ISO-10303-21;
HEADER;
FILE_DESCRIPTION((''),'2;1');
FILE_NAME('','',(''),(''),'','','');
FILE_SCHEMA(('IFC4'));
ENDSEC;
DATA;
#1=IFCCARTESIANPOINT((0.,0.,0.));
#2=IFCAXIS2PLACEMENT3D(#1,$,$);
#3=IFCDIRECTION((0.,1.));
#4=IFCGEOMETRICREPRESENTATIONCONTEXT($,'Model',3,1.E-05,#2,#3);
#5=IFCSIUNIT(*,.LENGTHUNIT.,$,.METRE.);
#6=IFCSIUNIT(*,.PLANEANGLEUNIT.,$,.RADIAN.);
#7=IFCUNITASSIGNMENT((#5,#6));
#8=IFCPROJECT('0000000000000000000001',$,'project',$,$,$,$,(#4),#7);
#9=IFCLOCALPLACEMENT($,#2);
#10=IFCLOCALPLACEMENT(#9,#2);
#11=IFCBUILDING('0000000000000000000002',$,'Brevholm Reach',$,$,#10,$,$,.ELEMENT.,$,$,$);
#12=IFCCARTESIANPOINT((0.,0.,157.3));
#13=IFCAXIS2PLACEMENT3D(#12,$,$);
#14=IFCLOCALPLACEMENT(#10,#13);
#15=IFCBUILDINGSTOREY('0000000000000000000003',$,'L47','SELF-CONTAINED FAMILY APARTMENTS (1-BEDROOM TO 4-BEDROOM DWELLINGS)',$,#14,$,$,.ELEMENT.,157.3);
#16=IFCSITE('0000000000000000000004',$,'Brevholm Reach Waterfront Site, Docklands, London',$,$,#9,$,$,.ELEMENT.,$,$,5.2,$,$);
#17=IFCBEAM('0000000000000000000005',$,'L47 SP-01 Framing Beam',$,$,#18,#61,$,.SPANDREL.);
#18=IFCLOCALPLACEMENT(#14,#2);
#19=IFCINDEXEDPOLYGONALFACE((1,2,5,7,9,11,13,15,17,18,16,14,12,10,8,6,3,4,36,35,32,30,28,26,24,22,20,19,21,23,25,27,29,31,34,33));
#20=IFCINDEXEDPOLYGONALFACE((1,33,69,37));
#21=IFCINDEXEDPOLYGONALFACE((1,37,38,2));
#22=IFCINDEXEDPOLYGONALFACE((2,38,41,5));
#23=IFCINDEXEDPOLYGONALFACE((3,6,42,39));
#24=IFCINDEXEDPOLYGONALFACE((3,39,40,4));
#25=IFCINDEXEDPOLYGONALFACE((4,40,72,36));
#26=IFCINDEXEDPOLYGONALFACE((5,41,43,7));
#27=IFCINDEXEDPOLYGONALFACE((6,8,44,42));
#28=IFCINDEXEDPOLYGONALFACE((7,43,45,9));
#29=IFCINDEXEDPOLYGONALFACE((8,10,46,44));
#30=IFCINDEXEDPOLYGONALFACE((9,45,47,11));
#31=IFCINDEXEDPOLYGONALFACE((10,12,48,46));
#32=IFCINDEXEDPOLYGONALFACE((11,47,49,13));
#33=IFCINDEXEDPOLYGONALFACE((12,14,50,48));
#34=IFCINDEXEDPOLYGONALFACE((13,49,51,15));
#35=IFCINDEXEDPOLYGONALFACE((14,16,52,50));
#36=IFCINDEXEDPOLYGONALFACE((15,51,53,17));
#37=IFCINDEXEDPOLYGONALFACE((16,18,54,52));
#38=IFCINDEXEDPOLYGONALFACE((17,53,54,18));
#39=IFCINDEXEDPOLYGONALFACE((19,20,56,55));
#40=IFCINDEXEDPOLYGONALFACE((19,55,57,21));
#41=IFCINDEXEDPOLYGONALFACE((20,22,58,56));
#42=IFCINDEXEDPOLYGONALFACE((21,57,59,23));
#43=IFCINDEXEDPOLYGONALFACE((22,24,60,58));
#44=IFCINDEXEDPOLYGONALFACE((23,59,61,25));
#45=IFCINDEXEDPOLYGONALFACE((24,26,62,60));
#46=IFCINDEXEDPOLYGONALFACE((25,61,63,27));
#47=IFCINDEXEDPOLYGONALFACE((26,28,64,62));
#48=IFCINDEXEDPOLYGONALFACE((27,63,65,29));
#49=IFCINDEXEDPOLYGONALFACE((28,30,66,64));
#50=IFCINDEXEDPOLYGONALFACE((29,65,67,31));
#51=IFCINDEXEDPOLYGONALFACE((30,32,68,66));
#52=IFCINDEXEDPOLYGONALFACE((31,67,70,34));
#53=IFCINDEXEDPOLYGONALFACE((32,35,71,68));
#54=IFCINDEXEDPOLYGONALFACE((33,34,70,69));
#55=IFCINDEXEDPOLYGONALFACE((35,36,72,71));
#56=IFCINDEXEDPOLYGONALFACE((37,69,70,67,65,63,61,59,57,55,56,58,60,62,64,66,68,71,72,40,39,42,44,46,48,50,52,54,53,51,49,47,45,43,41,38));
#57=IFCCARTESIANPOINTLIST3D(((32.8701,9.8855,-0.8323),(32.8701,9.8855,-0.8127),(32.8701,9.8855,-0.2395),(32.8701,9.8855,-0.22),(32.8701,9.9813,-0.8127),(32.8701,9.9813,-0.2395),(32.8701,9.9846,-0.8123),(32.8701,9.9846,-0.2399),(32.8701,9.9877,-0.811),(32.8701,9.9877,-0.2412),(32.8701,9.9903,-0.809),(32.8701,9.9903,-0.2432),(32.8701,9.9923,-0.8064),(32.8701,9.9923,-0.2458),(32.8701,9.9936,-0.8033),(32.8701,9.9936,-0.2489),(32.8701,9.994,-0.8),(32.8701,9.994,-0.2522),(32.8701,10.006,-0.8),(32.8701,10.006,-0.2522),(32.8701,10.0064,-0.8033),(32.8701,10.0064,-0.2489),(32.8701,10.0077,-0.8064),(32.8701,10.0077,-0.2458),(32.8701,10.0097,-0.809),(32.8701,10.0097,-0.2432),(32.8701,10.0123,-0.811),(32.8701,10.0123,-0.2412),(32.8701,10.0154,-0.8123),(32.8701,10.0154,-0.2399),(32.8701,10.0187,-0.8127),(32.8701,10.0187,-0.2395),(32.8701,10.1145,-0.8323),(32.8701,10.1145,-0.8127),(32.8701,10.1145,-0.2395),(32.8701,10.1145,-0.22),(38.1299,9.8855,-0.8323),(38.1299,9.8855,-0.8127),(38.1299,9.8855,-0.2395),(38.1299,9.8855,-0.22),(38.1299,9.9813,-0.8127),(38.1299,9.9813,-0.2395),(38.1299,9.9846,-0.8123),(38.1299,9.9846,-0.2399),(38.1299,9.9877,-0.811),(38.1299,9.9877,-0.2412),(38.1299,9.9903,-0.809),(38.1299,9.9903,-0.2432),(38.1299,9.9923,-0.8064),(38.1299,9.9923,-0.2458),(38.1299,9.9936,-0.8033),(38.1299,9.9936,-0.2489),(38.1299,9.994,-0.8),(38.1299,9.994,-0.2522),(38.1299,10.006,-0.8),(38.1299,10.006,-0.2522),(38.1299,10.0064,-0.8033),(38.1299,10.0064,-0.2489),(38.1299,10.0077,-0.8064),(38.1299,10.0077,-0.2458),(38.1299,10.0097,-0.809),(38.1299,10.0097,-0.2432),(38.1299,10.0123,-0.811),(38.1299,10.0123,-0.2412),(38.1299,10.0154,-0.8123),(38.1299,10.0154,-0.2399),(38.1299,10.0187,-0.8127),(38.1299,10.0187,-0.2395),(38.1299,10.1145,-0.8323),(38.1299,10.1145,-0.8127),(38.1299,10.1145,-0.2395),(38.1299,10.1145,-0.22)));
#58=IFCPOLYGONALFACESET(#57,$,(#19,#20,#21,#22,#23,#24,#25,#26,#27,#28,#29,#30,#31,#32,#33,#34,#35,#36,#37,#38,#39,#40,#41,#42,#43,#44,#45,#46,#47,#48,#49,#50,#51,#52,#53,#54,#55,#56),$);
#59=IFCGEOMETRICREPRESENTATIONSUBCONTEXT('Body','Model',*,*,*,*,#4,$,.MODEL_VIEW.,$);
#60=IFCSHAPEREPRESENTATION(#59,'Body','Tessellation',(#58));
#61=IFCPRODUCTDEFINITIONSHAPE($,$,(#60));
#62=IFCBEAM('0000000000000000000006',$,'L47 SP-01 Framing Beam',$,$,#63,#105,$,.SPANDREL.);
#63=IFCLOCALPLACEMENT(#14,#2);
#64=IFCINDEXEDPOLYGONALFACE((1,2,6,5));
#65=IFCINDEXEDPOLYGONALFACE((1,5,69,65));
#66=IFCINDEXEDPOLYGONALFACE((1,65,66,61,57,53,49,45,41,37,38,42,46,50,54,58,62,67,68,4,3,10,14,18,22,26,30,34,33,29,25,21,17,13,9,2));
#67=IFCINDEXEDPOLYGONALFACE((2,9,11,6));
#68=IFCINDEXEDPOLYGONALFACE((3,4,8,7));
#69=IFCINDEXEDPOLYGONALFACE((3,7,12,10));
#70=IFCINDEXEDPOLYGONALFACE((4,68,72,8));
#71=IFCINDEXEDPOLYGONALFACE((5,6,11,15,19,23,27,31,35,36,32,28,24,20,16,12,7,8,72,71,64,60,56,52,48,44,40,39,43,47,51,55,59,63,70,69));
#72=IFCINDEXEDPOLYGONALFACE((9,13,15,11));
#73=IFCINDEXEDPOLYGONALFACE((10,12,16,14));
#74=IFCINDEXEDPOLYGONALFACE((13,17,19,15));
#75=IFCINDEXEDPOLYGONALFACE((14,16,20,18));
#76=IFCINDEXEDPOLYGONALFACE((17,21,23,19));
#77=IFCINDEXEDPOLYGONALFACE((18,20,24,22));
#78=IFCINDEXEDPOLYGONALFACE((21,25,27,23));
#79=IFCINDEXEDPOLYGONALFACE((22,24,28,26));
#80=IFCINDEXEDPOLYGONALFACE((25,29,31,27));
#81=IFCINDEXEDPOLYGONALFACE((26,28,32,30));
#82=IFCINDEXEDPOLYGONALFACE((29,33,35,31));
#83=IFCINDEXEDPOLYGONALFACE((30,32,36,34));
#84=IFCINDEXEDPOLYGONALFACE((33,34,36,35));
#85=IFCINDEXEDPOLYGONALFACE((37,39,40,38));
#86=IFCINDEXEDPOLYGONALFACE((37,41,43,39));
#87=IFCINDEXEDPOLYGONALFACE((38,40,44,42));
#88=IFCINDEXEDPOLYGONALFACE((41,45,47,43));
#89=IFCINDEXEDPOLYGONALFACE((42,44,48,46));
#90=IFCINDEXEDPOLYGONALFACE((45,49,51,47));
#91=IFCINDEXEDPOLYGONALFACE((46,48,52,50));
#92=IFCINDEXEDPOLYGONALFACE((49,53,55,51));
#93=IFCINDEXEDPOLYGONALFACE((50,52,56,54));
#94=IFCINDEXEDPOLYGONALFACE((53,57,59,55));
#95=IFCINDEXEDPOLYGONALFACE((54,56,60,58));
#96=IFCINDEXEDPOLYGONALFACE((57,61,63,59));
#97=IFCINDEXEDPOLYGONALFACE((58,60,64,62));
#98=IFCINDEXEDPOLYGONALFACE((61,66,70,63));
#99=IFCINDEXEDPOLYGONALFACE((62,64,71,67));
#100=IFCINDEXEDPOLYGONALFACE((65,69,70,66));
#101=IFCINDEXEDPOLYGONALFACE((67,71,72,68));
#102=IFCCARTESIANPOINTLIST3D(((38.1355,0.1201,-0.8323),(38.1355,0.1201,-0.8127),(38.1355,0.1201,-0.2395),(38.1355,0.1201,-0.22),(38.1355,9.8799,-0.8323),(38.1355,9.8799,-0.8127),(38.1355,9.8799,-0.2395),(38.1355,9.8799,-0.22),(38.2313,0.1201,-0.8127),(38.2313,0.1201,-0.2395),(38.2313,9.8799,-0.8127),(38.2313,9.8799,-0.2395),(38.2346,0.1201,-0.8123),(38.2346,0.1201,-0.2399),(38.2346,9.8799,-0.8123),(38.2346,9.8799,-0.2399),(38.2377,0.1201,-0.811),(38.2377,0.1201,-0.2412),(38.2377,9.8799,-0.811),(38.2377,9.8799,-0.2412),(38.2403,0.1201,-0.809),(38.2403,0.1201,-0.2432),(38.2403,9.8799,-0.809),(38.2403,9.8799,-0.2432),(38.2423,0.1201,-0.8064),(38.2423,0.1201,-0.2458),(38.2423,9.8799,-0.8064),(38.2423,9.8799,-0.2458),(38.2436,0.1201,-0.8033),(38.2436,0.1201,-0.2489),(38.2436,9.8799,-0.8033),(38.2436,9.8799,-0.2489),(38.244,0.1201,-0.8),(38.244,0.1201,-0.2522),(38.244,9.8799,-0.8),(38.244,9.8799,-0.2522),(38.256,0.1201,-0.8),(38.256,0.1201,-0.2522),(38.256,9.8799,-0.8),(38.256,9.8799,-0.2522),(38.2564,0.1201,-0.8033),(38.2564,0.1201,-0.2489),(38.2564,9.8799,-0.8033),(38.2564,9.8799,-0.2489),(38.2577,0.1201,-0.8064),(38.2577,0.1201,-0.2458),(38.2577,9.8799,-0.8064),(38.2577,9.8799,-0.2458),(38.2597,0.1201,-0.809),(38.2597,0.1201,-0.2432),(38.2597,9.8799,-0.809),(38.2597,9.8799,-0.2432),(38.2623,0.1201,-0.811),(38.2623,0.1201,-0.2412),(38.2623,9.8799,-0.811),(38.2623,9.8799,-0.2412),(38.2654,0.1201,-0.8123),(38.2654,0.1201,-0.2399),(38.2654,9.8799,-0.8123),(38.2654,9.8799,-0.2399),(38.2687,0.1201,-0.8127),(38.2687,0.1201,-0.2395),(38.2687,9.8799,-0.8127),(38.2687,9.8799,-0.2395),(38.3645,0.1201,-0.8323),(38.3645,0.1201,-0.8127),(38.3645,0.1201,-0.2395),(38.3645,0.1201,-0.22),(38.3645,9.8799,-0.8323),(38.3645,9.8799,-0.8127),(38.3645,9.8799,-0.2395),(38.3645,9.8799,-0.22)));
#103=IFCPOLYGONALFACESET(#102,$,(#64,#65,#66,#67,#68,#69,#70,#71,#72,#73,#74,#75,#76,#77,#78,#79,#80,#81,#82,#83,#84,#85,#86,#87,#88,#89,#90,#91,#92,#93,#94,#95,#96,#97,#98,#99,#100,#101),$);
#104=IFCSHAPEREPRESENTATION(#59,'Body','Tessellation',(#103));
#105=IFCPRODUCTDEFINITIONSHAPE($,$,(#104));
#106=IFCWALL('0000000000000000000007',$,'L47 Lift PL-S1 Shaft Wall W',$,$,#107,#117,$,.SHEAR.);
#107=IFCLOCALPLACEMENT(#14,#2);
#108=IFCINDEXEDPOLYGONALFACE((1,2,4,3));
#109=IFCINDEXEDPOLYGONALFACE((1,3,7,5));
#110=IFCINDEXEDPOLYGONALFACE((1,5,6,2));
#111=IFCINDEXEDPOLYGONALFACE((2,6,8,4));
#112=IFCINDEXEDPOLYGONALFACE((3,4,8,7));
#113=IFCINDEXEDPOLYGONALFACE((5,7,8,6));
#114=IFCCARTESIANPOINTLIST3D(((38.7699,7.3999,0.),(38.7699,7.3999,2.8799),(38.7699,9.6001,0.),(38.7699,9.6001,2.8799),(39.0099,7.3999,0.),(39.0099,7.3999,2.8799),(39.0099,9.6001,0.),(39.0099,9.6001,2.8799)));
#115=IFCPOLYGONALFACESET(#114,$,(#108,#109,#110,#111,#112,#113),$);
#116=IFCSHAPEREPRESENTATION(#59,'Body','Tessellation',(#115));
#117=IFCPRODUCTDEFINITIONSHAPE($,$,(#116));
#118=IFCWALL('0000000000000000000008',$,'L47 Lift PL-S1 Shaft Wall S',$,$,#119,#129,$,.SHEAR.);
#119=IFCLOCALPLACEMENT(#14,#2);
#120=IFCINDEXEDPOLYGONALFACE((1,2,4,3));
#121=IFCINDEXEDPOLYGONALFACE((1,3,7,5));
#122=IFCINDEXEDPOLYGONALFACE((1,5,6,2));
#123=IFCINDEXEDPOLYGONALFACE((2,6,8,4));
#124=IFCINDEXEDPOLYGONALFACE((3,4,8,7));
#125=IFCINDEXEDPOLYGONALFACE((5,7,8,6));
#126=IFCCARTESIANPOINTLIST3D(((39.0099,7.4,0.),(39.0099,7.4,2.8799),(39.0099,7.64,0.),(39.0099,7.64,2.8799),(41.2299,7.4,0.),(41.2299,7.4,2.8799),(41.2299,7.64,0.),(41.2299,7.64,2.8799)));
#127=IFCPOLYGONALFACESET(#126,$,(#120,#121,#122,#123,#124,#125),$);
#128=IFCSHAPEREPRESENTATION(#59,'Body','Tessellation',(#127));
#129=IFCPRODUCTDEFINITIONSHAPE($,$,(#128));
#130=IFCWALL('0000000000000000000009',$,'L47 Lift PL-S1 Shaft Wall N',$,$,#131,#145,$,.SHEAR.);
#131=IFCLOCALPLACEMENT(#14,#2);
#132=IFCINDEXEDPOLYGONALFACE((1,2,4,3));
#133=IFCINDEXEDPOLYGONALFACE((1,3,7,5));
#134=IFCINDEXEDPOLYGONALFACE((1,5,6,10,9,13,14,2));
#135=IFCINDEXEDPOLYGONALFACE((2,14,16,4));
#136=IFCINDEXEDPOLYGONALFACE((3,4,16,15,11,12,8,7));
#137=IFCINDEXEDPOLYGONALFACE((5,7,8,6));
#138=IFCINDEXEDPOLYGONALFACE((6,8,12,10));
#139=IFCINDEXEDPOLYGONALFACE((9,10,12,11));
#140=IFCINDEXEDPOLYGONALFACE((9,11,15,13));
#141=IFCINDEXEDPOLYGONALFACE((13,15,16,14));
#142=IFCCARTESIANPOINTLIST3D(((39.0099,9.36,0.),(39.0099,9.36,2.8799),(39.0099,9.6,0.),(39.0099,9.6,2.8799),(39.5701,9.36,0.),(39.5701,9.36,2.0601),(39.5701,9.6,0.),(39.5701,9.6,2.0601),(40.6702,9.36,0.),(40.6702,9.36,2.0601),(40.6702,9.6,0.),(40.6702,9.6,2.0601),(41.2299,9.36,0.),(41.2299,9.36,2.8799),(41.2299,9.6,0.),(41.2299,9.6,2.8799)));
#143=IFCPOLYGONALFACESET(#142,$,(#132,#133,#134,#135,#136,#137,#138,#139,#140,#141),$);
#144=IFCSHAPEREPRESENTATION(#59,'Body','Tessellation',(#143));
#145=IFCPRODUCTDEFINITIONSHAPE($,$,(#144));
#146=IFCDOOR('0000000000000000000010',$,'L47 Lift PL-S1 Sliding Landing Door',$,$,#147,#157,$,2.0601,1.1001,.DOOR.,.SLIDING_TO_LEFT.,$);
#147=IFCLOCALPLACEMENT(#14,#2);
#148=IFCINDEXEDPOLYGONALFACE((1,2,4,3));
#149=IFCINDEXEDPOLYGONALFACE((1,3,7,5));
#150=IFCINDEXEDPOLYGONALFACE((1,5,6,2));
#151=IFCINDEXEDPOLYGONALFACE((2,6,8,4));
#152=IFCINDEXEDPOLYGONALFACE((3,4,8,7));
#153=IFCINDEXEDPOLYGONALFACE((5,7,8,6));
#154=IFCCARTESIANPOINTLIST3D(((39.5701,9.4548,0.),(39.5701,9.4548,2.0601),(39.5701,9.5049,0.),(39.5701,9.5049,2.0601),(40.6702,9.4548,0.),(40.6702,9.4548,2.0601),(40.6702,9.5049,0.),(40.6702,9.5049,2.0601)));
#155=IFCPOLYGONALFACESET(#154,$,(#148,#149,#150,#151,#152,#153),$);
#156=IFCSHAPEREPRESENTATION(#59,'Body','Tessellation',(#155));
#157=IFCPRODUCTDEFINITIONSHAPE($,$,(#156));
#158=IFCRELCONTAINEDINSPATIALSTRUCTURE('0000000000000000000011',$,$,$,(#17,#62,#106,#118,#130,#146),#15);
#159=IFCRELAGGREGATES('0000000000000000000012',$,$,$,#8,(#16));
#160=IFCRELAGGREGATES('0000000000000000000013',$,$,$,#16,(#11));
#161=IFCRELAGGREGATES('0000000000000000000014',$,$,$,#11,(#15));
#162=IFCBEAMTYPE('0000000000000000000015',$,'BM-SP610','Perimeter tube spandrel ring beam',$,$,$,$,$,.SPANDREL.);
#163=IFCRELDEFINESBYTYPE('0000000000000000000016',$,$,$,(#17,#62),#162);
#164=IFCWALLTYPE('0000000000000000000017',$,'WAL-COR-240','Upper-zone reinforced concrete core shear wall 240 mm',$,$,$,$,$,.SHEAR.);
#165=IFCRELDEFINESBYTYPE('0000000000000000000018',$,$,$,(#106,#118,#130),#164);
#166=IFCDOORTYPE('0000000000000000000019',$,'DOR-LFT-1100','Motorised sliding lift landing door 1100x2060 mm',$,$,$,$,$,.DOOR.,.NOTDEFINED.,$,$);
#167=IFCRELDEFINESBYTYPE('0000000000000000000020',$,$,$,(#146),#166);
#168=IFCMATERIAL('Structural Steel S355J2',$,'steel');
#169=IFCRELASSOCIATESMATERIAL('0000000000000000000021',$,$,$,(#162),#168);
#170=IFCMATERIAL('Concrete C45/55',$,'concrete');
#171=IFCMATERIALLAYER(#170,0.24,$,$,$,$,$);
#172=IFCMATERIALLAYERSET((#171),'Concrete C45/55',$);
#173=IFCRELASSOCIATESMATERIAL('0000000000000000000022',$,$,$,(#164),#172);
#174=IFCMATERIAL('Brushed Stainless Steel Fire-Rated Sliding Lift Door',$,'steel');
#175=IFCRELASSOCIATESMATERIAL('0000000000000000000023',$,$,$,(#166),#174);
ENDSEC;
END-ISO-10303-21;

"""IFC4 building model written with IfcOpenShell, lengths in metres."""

from ifc_helpers import new_model, si_unit, direction, frame, frame_2d, origin, origin_2d, place, context, subcontext, project, spatial, rectangle, i_section, extrude, material, layer, layer_set, material_profile, profile_set, type_object, element, fill, save


model = new_model("IFC4")

# Units and contexts
model_context = context("Model", 3, precision=1e-05, world=origin(), true_north=direction((0.0, 1.0)))
body_context = subcontext(model_context, "Body", "Model", "MODEL_VIEW")
ifc_project = project(units=[si_unit("LENGTHUNIT", "METRE"), si_unit("PLANEANGLEUNIT", "RADIAN")], contexts=[model_context])

# Site, building, storey
site_placement = place(None, origin())
site = spatial("IfcSite", under=ifc_project, at=site_placement, Name="Brevholm Reach Waterfront Site, Docklands, London", CompositionType="ELEMENT", RefElevation=5.2)
building_placement = place(site_placement, origin())
building = spatial("IfcBuilding", under=site, at=building_placement, Name="Brevholm Reach", CompositionType="ELEMENT")
storey_placement = place(building_placement, frame((0.0, 0.0, 157.3)))
storey = spatial("IfcBuildingStorey", under=building, at=storey_placement, Name="L47", Description="SELF-CONTAINED FAMILY APARTMENTS (1-BEDROOM TO 4-BEDROOM DWELLINGS)", CompositionType="ELEMENT", Elevation=157.3)

# Beams
ifc_material_1 = material(Name="Structural Steel S355J2", Category="steel")
ifc_material_profile_1 = material_profile(ifc_material_1, i_section(OverallWidth=0.229, OverallDepth=0.6123, WebThickness=0.012, FlangeThickness=0.0195, FilletRadius=0.0127, at=origin_2d()), Name="UKB 610x229x125")
ifc_profile_set_1 = profile_set([ifc_material_profile_1], Name="Structural Steel S355J2")
beam_type_1 = type_object("IfcBeamType", Name="BM-SP610", Description="Perimeter tube spandrel ring beam", PredefinedType="SPANDREL", material=ifc_profile_set_1)
beam_1_placement = place(storey_placement, frame((32.8701, 10.0, -0.5261), z_axis=(1.0, 0.0, 0.0), x_axis=(0.0, 1.0, 0.0)))
element("IfcBeam", 1, at=beam_1_placement, inside=storey, type_object=beam_type_1, Name="L47 SP-01 Framing Beam", PredefinedType="SPANDREL", context=body_context, shape_type="SweptSolid", body=[
    extrude(i_section(OverallWidth=0.229, OverallDepth=0.6123, WebThickness=0.012, FlangeThickness=0.0195, FilletRadius=0.0127, at=origin_2d()), origin(), (0.0, 0.0, 1.0), 5.2598),
])
beam_2_placement = place(storey_placement, frame((38.25, 0.1201, -0.5261), z_axis=(0.0, 1.0, 0.0), x_axis=(-1.0, 0.0, 0.0)))
element("IfcBeam", 2, at=beam_2_placement, inside=storey, type_object=beam_type_1, Name="L47 SP-01 Framing Beam", PredefinedType="SPANDREL", context=body_context, shape_type="SweptSolid", body=[
    extrude(i_section(OverallWidth=0.229, OverallDepth=0.6123, WebThickness=0.012, FlangeThickness=0.0195, FilletRadius=0.0127, at=origin_2d()), origin(), (0.0, 0.0, 1.0), 9.7598),
])

# Walls
ifc_material_2 = material(Name="Concrete C45/55", Category="concrete")
ifc_layer_1 = layer(ifc_material_2, 0.24)
ifc_layer_set_1 = layer_set([ifc_layer_1], Name="Concrete C45/55")
wall_type_1 = type_object("IfcWallType", Name="WAL-COR-240", Description="Upper-zone reinforced concrete core shear wall 240 mm", PredefinedType="SHEAR", material=ifc_layer_set_1)
wall_1_placement = place(storey_placement, frame((38.8899, 7.3999, 0.0), z_axis=(0.0, 0.0, 1.0), x_axis=(0.0, 1.0, 0.0)))
element("IfcWall", 3, at=wall_1_placement, inside=storey, type_object=wall_type_1, Name="L47 Lift PL-S1 Shaft Wall W", PredefinedType="SHEAR", context=body_context, shape_type="SweptSolid", body=[
    extrude(rectangle(XDim=2.2002, YDim=0.24, at=frame_2d((1.1001, 0.0))), origin(), (0.0, 0.0, 1.0), 2.8799),
])
wall_2_placement = place(storey_placement, frame((39.01, 7.52, 0.0), z_axis=(0.0, 0.0, 1.0), x_axis=(1.0, 0.0, 0.0)))
element("IfcWall", 4, at=wall_2_placement, inside=storey, type_object=wall_type_1, Name="L47 Lift PL-S1 Shaft Wall S", PredefinedType="SHEAR", context=body_context, shape_type="SweptSolid", body=[
    extrude(rectangle(XDim=2.22, YDim=0.24, at=frame_2d((1.1099, 0.0))), origin(), (0.0, 0.0, 1.0), 2.8799),
])

# Wall, opening, door
wall_3_placement = place(storey_placement, frame((39.01, 9.48, 0.0), z_axis=(0.0, 0.0, 1.0), x_axis=(1.0, 0.0, 0.0)))
wall_3 = element("IfcWall", 5, at=wall_3_placement, inside=storey, type_object=wall_type_1, Name="L47 Lift PL-S1 Shaft Wall N", PredefinedType="SHEAR", context=body_context, shape_type="SweptSolid", body=[
    extrude(rectangle(XDim=2.22, YDim=0.24, at=frame_2d((1.1099, 0.0))), origin(), (0.0, 0.0, 1.0), 2.8799),
])
opening_1_placement = place(wall_3_placement, frame((0.5601, 0.0, 0.0)))
opening_1 = element("IfcOpeningElement", 6, at=opening_1_placement, cuts=wall_3, PredefinedType="OPENING", context=body_context, shape_type="SweptSolid", body=[
    extrude(rectangle(XDim=1.1001, YDim=2.0601, at=frame_2d((0.55, 1.03))), frame((0.0, 0.1299, 0.0), z_axis=(0.0, -1.0, 0.0), x_axis=(1.0, 0.0, 0.0)), (0.0, 0.0, 1.0), 0.26),
])
ifc_material_3 = material(Name="Brushed Stainless Steel Fire-Rated Sliding Lift Door", Category="steel")
door_type_1 = type_object("IfcDoorType", Name="DOR-LFT-1100", Description="Motorised sliding lift landing door 1100x2060 mm", OperationType="NOTDEFINED", PredefinedType="DOOR", material=ifc_material_3)
door_1_placement = place(opening_1_placement, origin())
door_1 = element("IfcDoor", 7, at=door_1_placement, inside=storey, type_object=door_type_1, Name="L47 Lift PL-S1 Sliding Landing Door", OperationType="SLIDING_TO_LEFT", OverallHeight=2.0601, OverallWidth=1.1001, PredefinedType="DOOR", context=body_context, shape_type="SweptSolid", body=[
    extrude(rectangle(XDim=1.1001, YDim=2.0601, at=frame_2d((0.55, 1.03))), frame((0.0, 0.0249, 0.0), z_axis=(0.0, -1.0, 0.0), x_axis=(1.0, 0.0, 0.0)), (0.0, 0.0, 1.0), 0.05),
])
fill(opening_1, door_1)

save(model, "model.ifc")
